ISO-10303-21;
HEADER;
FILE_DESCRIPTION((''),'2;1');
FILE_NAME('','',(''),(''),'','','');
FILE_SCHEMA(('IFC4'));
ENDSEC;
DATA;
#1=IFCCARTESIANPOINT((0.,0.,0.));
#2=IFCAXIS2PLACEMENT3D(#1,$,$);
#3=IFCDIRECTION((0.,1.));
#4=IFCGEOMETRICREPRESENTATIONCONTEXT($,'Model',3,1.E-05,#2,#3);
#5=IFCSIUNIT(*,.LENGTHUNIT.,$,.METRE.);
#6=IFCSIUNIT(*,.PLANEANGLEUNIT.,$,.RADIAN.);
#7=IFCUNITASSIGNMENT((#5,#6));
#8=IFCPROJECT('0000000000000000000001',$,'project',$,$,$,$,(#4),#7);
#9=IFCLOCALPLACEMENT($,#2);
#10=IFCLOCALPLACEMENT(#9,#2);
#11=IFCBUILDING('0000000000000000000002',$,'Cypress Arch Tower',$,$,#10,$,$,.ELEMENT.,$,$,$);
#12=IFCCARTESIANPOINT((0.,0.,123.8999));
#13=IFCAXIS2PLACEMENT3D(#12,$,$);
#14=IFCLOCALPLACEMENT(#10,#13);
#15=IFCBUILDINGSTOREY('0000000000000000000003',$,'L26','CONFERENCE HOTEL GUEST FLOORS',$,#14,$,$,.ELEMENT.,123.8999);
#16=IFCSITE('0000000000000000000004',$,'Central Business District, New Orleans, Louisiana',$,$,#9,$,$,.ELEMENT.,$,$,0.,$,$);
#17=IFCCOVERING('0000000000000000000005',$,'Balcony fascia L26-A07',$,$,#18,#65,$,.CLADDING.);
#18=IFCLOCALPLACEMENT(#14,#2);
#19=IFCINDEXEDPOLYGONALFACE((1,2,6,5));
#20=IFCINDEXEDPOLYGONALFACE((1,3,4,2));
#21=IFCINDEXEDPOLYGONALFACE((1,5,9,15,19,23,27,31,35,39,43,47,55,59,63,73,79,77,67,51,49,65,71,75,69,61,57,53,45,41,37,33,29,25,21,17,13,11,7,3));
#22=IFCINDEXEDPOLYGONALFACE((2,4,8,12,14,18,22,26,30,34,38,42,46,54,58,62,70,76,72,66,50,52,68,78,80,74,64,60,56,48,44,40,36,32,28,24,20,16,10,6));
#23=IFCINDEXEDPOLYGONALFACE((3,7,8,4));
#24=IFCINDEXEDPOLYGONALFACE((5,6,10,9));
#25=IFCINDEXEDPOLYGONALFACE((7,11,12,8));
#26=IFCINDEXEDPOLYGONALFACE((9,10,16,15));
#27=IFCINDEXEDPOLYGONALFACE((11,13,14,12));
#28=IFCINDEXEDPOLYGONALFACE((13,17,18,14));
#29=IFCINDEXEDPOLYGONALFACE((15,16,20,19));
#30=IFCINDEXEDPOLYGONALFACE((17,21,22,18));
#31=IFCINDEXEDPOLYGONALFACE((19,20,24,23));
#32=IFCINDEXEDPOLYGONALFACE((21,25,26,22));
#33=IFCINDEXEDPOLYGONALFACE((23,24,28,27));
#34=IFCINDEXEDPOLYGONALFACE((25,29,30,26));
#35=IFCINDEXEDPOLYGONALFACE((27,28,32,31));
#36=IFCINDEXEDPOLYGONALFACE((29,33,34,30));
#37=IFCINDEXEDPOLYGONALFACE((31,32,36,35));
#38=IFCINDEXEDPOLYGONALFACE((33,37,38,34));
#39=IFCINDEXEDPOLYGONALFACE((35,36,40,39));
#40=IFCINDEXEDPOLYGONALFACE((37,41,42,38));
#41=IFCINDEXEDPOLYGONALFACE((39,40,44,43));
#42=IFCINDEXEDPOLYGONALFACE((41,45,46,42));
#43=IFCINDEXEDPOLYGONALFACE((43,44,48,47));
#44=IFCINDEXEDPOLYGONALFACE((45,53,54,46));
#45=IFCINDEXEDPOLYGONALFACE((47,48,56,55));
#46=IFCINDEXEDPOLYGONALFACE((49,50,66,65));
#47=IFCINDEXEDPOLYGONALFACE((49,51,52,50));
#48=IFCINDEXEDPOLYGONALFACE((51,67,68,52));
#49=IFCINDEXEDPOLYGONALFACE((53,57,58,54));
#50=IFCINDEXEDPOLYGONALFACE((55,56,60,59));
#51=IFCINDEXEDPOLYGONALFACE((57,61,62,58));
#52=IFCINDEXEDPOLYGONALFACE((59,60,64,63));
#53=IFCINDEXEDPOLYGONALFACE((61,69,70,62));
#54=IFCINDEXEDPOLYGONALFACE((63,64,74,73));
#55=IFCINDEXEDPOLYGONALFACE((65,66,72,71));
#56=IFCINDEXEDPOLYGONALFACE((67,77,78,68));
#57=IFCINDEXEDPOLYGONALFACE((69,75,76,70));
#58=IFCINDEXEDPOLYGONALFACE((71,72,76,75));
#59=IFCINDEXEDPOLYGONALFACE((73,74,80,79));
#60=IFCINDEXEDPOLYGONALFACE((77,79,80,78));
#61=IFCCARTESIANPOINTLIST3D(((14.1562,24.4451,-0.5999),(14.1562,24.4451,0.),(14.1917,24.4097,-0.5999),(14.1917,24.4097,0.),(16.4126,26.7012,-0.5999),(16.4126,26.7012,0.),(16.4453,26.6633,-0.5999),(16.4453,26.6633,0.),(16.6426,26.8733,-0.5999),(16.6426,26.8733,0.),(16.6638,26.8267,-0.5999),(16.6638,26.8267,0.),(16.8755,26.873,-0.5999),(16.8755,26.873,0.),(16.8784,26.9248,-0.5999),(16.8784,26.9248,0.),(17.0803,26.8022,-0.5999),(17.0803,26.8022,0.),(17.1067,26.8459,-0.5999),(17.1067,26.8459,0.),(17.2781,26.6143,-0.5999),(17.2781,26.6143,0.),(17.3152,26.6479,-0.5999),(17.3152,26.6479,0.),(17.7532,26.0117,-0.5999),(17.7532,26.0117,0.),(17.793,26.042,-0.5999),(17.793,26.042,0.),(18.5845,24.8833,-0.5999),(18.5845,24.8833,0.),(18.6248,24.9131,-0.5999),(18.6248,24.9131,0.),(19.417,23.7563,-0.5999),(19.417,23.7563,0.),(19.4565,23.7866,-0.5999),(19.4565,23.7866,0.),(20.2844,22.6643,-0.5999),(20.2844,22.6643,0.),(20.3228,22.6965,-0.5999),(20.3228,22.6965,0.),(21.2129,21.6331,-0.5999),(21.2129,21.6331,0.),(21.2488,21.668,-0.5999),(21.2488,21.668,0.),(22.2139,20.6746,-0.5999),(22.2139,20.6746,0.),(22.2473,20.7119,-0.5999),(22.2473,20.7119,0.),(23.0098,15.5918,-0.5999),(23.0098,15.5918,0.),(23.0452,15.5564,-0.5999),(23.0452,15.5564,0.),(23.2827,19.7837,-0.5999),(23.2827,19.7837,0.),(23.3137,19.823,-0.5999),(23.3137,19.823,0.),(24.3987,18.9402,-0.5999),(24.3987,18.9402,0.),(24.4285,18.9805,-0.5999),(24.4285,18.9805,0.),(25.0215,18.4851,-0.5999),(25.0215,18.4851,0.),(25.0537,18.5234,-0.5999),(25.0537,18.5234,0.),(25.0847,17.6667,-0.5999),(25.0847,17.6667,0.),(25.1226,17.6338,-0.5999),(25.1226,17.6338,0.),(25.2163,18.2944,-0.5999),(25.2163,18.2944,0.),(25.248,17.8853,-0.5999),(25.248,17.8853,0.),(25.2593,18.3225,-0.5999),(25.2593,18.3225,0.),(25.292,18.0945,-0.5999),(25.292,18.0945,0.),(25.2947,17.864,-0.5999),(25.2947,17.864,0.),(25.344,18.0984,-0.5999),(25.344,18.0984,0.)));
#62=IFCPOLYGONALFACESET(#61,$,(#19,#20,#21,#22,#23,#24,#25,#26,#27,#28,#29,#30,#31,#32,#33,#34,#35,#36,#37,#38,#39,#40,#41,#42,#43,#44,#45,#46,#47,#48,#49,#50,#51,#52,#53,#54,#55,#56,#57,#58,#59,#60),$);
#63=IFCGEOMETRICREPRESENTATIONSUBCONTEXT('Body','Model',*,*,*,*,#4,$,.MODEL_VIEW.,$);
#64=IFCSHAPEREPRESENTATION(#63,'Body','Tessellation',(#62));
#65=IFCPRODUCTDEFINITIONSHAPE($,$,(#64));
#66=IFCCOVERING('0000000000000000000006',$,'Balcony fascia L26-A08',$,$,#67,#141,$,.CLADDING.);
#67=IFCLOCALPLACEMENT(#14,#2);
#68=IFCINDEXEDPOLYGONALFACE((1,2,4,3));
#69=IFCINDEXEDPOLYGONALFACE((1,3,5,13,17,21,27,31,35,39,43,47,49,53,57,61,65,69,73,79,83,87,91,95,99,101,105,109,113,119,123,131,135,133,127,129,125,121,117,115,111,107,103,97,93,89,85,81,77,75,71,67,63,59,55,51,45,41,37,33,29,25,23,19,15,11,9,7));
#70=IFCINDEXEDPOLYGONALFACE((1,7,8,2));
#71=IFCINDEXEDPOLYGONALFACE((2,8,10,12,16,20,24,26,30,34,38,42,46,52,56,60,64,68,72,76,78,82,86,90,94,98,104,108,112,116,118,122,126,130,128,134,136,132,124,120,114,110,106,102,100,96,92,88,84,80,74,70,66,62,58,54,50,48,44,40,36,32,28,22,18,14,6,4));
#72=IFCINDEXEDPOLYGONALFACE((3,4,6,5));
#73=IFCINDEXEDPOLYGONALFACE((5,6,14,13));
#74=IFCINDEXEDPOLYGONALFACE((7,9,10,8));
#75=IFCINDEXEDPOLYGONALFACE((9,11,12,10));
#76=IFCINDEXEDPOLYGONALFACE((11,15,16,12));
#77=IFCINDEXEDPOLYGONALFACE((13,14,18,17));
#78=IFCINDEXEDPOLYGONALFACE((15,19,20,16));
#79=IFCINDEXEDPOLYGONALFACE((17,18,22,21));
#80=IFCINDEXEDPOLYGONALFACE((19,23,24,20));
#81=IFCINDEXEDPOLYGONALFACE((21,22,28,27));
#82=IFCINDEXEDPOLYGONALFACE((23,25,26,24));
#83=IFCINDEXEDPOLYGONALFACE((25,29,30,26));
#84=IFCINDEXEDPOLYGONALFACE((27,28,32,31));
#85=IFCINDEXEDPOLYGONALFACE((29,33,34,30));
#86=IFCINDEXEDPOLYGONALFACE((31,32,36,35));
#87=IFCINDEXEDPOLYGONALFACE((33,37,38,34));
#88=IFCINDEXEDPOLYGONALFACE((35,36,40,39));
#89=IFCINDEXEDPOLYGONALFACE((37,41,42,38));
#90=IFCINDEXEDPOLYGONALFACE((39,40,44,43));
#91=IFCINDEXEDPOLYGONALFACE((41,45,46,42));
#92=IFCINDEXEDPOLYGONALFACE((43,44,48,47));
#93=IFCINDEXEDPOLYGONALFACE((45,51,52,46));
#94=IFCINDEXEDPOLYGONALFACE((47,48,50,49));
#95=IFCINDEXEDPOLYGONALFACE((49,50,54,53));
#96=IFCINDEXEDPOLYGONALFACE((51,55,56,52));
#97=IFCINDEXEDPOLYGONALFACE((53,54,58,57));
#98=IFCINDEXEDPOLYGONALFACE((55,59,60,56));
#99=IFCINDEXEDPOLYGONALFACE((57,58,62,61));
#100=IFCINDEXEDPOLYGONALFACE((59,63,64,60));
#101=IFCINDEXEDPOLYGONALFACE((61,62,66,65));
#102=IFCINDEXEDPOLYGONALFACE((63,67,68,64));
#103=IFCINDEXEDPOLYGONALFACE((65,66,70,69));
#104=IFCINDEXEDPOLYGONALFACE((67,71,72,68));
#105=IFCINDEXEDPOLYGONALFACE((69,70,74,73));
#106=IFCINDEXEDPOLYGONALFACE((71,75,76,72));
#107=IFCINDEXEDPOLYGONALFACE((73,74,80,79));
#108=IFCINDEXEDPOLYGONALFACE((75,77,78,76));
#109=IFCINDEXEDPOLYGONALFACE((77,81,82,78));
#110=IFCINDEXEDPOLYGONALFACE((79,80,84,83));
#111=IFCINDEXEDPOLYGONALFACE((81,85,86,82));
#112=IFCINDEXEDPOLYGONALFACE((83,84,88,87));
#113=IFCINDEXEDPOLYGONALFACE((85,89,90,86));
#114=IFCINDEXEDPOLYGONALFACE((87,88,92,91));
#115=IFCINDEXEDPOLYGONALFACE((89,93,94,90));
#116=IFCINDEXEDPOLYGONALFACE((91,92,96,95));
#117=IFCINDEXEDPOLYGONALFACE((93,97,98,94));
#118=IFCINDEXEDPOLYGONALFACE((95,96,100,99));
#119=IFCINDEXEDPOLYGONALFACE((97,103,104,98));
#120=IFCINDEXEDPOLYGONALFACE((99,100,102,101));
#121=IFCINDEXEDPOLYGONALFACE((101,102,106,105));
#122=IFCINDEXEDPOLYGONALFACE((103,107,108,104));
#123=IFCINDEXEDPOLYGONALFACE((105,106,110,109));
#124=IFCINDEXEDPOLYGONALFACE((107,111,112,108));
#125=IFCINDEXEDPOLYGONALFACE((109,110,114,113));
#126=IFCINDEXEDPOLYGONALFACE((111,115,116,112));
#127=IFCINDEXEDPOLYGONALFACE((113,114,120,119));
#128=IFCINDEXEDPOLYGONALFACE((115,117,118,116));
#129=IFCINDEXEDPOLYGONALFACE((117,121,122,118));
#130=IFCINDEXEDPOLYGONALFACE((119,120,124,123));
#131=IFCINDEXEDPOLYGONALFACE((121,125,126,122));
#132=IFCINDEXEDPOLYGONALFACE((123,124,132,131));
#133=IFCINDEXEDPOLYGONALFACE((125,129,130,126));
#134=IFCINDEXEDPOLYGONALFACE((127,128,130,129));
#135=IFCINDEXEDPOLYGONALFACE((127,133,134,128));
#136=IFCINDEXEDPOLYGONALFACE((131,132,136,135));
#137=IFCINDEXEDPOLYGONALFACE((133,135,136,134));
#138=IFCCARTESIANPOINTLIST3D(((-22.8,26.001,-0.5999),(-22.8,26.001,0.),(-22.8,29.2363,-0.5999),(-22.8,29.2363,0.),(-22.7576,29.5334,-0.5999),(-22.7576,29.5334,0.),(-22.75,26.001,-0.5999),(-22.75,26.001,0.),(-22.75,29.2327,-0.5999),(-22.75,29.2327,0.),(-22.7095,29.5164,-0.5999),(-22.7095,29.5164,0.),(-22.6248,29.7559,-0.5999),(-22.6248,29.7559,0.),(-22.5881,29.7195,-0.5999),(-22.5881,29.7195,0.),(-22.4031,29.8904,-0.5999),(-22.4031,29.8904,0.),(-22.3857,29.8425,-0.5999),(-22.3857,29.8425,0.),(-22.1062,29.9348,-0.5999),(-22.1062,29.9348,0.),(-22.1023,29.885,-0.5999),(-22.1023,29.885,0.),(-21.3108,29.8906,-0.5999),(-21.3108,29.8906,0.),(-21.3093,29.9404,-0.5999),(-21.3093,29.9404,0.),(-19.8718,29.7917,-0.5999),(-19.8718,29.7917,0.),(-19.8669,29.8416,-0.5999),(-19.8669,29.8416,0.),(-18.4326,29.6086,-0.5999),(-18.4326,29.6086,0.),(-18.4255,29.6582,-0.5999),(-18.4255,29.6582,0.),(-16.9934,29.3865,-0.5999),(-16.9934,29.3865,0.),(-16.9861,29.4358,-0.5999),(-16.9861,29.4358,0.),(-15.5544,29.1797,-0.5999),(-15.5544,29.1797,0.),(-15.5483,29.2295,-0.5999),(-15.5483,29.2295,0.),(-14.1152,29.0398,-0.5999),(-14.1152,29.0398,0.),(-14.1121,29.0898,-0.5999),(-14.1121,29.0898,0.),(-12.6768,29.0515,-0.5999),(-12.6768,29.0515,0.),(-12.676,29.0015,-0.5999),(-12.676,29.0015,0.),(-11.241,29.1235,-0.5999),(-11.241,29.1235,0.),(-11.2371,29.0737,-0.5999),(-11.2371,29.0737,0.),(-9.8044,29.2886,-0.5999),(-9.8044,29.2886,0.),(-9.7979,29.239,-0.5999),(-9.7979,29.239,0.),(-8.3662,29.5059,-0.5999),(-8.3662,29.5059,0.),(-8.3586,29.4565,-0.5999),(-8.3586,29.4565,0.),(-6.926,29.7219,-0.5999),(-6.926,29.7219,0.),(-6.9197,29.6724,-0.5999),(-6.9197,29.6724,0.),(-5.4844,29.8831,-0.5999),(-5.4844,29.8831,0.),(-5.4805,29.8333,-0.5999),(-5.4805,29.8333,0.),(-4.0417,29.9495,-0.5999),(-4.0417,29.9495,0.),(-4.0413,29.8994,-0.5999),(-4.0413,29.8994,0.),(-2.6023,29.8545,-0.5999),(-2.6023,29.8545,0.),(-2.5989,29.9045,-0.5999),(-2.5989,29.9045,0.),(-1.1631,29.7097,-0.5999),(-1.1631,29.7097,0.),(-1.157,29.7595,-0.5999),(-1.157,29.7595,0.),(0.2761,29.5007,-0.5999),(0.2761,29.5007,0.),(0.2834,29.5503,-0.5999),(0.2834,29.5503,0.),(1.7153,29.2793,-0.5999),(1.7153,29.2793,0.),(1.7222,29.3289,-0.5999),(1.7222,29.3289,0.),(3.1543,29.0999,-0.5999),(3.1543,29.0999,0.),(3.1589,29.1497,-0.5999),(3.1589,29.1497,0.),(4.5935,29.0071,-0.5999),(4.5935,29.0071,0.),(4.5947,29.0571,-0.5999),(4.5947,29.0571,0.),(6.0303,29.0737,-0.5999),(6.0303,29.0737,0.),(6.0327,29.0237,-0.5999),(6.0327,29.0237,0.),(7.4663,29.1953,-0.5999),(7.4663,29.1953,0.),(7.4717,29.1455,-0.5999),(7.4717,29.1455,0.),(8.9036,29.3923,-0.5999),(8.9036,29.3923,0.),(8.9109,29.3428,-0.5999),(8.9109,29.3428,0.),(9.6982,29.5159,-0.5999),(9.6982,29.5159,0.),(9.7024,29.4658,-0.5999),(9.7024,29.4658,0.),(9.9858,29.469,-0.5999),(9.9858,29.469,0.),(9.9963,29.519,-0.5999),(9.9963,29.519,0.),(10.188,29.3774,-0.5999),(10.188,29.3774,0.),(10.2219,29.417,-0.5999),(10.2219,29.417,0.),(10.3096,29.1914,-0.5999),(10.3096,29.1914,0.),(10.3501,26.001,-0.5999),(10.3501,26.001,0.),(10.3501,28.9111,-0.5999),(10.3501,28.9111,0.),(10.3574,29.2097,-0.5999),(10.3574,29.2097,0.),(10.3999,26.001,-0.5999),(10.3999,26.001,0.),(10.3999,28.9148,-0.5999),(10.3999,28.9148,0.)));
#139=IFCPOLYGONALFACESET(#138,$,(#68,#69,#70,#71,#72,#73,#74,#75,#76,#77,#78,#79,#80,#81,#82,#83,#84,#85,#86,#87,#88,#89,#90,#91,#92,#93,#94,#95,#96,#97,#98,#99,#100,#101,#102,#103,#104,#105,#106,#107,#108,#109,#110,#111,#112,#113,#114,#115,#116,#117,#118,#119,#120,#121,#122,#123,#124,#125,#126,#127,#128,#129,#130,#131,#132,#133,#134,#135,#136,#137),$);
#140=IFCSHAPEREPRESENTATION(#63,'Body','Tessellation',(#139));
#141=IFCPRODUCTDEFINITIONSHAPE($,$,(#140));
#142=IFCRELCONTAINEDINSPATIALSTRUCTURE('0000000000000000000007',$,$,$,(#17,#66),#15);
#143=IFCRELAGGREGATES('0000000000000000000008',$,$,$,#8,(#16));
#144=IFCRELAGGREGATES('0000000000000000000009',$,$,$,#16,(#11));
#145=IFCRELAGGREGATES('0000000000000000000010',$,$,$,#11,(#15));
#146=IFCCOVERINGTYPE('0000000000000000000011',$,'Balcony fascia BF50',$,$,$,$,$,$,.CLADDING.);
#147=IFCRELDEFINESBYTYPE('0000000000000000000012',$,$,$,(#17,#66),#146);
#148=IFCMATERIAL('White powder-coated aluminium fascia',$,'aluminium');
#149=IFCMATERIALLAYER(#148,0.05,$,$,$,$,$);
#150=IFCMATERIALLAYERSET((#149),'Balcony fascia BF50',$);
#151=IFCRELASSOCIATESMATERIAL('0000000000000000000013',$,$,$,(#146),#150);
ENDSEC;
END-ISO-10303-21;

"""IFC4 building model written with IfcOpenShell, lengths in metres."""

from ifc_helpers import new_model, si_unit, direction, frame, origin, place, context, subcontext, project, spatial, polyline, outline, extrude, material, layer, layer_set, type_object, element, save


model = new_model("IFC4")

# Units and contexts
model_context = context("Model", 3, precision=1e-05, world=origin(), true_north=direction((0.0, 1.0)))
body_context = subcontext(model_context, "Body", "Model", "MODEL_VIEW")
ifc_project = project(units=[si_unit("LENGTHUNIT", "METRE"), si_unit("PLANEANGLEUNIT", "RADIAN")], contexts=[model_context])

# Site, building, storey
site_placement = place(None, origin())
site = spatial("IfcSite", under=ifc_project, at=site_placement, Name="Central Business District, New Orleans, Louisiana", CompositionType="ELEMENT", RefElevation=0.0)
building_placement = place(site_placement, origin())
building = spatial("IfcBuilding", under=site, at=building_placement, Name="Cypress Arch Tower", CompositionType="ELEMENT")
storey_placement = place(building_placement, frame((0.0, 0.0, 123.8999)))
storey = spatial("IfcBuildingStorey", under=building, at=storey_placement, Name="L26", Description="CONFERENCE HOTEL GUEST FLOORS", CompositionType="ELEMENT", Elevation=123.8999)

# Coverings
ifc_material_1 = material(Name="White powder-coated aluminium fascia", Category="aluminium")
ifc_layer_1 = layer(ifc_material_1, 0.05)
ifc_layer_set_1 = layer_set([ifc_layer_1], Name="Balcony fascia BF50")
covering_type_1 = type_object("IfcCoveringType", Name="Balcony fascia BF50", PredefinedType="CLADDING", material=ifc_layer_set_1)
covering_1_placement = place(storey_placement, frame((0.0, 0.0, -0.5999)))
element("IfcCovering", 1, at=covering_1_placement, inside=storey, type_object=covering_type_1, Name="Balcony fascia L26-A07", PredefinedType="CLADDING", context=body_context, shape_type="SweptSolid", body=[
    extrude(outline(polyline([(16.4126, 26.7012), (16.6426, 26.8733), (16.8784, 26.9248), (17.1067, 26.8459), (17.3152, 26.6479), (17.793, 26.042), (18.6248, 24.9131), (19.4565, 23.7866), (20.3228, 22.6965), (21.2488, 21.668), (22.2473, 20.7119), (23.3137, 19.823), (24.4285, 18.9805), (25.0537, 18.5234), (25.2593, 18.3225), (25.344, 18.0984), (25.2947, 17.864), (25.1226, 17.6338), (23.0452, 15.5564), (23.0098, 15.5918), (25.0847, 17.6667), (25.248, 17.8853), (25.292, 18.0945), (25.2163, 18.2944), (25.0215, 18.4851), (24.3987, 18.9402), (23.2827, 19.7837), (22.2139, 20.6746), (21.2129, 21.6331), (20.2844, 22.6643), (19.417, 23.7563), (18.5845, 24.8833), (17.7532, 26.0117), (17.2781, 26.6143), (17.0803, 26.8022), (16.8755, 26.873), (16.6638, 26.8267), (16.4453, 26.6633), (14.1917, 24.4097), (14.1562, 24.4451), (16.4126, 26.7012)])), origin(), (0.0, 0.0, 1.0), 0.5999),
])
covering_2_placement = place(storey_placement, frame((0.0, 0.0, -0.5999)))
element("IfcCovering", 2, at=covering_2_placement, inside=storey, type_object=covering_type_1, Name="Balcony fascia L26-A08", PredefinedType="CLADDING", context=body_context, shape_type="SweptSolid", body=[
    extrude(outline(polyline([(-22.8, 29.2363), (-22.7576, 29.5334), (-22.6248, 29.7559), (-22.4031, 29.8904), (-22.1062, 29.9348), (-21.3093, 29.9404), (-19.8669, 29.8416), (-18.4255, 29.6582), (-16.9861, 29.4358), (-15.5483, 29.2295), (-14.1121, 29.0898), (-12.6768, 29.0515), (-11.241, 29.1235), (-9.8044, 29.2886), (-8.3662, 29.5059), (-6.926, 29.7219), (-5.4844, 29.8831), (-4.0417, 29.9495), (-2.5989, 29.9045), (-1.157, 29.7595), (0.2834, 29.5503), (1.7222, 29.3289), (3.1589, 29.1497), (4.5947, 29.0571), (6.0303, 29.0737), (7.4663, 29.1953), (8.9036, 29.3923), (9.6982, 29.5159), (9.9963, 29.519), (10.2219, 29.417), (10.3574, 29.2097), (10.3999, 28.9148), (10.3999, 26.001), (10.3501, 26.001), (10.3501, 28.9111), (10.3096, 29.1914), (10.188, 29.3774), (9.9858, 29.469), (9.7024, 29.4658), (8.9109, 29.3428), (7.4717, 29.1455), (6.0327, 29.0237), (4.5935, 29.0071), (3.1543, 29.0999), (1.7153, 29.2793), (0.2761, 29.5007), (-1.1631, 29.7097), (-2.6023, 29.8545), (-4.0413, 29.8994), (-5.4805, 29.8333), (-6.9197, 29.6724), (-8.3586, 29.4565), (-9.7979, 29.239), (-11.2371, 29.0737), (-12.676, 29.0015), (-14.1152, 29.0398), (-15.5544, 29.1797), (-16.9934, 29.3865), (-18.4326, 29.6086), (-19.8718, 29.7917), (-21.3108, 29.8906), (-22.1023, 29.885), (-22.3857, 29.8425), (-22.5881, 29.7195), (-22.7095, 29.5164), (-22.75, 29.2327), (-22.75, 26.001), (-22.8, 26.001), (-22.8, 29.2363)])), origin(), (0.0, 0.0, 1.0), 0.5999),
])

save(model, "model.ifc")
